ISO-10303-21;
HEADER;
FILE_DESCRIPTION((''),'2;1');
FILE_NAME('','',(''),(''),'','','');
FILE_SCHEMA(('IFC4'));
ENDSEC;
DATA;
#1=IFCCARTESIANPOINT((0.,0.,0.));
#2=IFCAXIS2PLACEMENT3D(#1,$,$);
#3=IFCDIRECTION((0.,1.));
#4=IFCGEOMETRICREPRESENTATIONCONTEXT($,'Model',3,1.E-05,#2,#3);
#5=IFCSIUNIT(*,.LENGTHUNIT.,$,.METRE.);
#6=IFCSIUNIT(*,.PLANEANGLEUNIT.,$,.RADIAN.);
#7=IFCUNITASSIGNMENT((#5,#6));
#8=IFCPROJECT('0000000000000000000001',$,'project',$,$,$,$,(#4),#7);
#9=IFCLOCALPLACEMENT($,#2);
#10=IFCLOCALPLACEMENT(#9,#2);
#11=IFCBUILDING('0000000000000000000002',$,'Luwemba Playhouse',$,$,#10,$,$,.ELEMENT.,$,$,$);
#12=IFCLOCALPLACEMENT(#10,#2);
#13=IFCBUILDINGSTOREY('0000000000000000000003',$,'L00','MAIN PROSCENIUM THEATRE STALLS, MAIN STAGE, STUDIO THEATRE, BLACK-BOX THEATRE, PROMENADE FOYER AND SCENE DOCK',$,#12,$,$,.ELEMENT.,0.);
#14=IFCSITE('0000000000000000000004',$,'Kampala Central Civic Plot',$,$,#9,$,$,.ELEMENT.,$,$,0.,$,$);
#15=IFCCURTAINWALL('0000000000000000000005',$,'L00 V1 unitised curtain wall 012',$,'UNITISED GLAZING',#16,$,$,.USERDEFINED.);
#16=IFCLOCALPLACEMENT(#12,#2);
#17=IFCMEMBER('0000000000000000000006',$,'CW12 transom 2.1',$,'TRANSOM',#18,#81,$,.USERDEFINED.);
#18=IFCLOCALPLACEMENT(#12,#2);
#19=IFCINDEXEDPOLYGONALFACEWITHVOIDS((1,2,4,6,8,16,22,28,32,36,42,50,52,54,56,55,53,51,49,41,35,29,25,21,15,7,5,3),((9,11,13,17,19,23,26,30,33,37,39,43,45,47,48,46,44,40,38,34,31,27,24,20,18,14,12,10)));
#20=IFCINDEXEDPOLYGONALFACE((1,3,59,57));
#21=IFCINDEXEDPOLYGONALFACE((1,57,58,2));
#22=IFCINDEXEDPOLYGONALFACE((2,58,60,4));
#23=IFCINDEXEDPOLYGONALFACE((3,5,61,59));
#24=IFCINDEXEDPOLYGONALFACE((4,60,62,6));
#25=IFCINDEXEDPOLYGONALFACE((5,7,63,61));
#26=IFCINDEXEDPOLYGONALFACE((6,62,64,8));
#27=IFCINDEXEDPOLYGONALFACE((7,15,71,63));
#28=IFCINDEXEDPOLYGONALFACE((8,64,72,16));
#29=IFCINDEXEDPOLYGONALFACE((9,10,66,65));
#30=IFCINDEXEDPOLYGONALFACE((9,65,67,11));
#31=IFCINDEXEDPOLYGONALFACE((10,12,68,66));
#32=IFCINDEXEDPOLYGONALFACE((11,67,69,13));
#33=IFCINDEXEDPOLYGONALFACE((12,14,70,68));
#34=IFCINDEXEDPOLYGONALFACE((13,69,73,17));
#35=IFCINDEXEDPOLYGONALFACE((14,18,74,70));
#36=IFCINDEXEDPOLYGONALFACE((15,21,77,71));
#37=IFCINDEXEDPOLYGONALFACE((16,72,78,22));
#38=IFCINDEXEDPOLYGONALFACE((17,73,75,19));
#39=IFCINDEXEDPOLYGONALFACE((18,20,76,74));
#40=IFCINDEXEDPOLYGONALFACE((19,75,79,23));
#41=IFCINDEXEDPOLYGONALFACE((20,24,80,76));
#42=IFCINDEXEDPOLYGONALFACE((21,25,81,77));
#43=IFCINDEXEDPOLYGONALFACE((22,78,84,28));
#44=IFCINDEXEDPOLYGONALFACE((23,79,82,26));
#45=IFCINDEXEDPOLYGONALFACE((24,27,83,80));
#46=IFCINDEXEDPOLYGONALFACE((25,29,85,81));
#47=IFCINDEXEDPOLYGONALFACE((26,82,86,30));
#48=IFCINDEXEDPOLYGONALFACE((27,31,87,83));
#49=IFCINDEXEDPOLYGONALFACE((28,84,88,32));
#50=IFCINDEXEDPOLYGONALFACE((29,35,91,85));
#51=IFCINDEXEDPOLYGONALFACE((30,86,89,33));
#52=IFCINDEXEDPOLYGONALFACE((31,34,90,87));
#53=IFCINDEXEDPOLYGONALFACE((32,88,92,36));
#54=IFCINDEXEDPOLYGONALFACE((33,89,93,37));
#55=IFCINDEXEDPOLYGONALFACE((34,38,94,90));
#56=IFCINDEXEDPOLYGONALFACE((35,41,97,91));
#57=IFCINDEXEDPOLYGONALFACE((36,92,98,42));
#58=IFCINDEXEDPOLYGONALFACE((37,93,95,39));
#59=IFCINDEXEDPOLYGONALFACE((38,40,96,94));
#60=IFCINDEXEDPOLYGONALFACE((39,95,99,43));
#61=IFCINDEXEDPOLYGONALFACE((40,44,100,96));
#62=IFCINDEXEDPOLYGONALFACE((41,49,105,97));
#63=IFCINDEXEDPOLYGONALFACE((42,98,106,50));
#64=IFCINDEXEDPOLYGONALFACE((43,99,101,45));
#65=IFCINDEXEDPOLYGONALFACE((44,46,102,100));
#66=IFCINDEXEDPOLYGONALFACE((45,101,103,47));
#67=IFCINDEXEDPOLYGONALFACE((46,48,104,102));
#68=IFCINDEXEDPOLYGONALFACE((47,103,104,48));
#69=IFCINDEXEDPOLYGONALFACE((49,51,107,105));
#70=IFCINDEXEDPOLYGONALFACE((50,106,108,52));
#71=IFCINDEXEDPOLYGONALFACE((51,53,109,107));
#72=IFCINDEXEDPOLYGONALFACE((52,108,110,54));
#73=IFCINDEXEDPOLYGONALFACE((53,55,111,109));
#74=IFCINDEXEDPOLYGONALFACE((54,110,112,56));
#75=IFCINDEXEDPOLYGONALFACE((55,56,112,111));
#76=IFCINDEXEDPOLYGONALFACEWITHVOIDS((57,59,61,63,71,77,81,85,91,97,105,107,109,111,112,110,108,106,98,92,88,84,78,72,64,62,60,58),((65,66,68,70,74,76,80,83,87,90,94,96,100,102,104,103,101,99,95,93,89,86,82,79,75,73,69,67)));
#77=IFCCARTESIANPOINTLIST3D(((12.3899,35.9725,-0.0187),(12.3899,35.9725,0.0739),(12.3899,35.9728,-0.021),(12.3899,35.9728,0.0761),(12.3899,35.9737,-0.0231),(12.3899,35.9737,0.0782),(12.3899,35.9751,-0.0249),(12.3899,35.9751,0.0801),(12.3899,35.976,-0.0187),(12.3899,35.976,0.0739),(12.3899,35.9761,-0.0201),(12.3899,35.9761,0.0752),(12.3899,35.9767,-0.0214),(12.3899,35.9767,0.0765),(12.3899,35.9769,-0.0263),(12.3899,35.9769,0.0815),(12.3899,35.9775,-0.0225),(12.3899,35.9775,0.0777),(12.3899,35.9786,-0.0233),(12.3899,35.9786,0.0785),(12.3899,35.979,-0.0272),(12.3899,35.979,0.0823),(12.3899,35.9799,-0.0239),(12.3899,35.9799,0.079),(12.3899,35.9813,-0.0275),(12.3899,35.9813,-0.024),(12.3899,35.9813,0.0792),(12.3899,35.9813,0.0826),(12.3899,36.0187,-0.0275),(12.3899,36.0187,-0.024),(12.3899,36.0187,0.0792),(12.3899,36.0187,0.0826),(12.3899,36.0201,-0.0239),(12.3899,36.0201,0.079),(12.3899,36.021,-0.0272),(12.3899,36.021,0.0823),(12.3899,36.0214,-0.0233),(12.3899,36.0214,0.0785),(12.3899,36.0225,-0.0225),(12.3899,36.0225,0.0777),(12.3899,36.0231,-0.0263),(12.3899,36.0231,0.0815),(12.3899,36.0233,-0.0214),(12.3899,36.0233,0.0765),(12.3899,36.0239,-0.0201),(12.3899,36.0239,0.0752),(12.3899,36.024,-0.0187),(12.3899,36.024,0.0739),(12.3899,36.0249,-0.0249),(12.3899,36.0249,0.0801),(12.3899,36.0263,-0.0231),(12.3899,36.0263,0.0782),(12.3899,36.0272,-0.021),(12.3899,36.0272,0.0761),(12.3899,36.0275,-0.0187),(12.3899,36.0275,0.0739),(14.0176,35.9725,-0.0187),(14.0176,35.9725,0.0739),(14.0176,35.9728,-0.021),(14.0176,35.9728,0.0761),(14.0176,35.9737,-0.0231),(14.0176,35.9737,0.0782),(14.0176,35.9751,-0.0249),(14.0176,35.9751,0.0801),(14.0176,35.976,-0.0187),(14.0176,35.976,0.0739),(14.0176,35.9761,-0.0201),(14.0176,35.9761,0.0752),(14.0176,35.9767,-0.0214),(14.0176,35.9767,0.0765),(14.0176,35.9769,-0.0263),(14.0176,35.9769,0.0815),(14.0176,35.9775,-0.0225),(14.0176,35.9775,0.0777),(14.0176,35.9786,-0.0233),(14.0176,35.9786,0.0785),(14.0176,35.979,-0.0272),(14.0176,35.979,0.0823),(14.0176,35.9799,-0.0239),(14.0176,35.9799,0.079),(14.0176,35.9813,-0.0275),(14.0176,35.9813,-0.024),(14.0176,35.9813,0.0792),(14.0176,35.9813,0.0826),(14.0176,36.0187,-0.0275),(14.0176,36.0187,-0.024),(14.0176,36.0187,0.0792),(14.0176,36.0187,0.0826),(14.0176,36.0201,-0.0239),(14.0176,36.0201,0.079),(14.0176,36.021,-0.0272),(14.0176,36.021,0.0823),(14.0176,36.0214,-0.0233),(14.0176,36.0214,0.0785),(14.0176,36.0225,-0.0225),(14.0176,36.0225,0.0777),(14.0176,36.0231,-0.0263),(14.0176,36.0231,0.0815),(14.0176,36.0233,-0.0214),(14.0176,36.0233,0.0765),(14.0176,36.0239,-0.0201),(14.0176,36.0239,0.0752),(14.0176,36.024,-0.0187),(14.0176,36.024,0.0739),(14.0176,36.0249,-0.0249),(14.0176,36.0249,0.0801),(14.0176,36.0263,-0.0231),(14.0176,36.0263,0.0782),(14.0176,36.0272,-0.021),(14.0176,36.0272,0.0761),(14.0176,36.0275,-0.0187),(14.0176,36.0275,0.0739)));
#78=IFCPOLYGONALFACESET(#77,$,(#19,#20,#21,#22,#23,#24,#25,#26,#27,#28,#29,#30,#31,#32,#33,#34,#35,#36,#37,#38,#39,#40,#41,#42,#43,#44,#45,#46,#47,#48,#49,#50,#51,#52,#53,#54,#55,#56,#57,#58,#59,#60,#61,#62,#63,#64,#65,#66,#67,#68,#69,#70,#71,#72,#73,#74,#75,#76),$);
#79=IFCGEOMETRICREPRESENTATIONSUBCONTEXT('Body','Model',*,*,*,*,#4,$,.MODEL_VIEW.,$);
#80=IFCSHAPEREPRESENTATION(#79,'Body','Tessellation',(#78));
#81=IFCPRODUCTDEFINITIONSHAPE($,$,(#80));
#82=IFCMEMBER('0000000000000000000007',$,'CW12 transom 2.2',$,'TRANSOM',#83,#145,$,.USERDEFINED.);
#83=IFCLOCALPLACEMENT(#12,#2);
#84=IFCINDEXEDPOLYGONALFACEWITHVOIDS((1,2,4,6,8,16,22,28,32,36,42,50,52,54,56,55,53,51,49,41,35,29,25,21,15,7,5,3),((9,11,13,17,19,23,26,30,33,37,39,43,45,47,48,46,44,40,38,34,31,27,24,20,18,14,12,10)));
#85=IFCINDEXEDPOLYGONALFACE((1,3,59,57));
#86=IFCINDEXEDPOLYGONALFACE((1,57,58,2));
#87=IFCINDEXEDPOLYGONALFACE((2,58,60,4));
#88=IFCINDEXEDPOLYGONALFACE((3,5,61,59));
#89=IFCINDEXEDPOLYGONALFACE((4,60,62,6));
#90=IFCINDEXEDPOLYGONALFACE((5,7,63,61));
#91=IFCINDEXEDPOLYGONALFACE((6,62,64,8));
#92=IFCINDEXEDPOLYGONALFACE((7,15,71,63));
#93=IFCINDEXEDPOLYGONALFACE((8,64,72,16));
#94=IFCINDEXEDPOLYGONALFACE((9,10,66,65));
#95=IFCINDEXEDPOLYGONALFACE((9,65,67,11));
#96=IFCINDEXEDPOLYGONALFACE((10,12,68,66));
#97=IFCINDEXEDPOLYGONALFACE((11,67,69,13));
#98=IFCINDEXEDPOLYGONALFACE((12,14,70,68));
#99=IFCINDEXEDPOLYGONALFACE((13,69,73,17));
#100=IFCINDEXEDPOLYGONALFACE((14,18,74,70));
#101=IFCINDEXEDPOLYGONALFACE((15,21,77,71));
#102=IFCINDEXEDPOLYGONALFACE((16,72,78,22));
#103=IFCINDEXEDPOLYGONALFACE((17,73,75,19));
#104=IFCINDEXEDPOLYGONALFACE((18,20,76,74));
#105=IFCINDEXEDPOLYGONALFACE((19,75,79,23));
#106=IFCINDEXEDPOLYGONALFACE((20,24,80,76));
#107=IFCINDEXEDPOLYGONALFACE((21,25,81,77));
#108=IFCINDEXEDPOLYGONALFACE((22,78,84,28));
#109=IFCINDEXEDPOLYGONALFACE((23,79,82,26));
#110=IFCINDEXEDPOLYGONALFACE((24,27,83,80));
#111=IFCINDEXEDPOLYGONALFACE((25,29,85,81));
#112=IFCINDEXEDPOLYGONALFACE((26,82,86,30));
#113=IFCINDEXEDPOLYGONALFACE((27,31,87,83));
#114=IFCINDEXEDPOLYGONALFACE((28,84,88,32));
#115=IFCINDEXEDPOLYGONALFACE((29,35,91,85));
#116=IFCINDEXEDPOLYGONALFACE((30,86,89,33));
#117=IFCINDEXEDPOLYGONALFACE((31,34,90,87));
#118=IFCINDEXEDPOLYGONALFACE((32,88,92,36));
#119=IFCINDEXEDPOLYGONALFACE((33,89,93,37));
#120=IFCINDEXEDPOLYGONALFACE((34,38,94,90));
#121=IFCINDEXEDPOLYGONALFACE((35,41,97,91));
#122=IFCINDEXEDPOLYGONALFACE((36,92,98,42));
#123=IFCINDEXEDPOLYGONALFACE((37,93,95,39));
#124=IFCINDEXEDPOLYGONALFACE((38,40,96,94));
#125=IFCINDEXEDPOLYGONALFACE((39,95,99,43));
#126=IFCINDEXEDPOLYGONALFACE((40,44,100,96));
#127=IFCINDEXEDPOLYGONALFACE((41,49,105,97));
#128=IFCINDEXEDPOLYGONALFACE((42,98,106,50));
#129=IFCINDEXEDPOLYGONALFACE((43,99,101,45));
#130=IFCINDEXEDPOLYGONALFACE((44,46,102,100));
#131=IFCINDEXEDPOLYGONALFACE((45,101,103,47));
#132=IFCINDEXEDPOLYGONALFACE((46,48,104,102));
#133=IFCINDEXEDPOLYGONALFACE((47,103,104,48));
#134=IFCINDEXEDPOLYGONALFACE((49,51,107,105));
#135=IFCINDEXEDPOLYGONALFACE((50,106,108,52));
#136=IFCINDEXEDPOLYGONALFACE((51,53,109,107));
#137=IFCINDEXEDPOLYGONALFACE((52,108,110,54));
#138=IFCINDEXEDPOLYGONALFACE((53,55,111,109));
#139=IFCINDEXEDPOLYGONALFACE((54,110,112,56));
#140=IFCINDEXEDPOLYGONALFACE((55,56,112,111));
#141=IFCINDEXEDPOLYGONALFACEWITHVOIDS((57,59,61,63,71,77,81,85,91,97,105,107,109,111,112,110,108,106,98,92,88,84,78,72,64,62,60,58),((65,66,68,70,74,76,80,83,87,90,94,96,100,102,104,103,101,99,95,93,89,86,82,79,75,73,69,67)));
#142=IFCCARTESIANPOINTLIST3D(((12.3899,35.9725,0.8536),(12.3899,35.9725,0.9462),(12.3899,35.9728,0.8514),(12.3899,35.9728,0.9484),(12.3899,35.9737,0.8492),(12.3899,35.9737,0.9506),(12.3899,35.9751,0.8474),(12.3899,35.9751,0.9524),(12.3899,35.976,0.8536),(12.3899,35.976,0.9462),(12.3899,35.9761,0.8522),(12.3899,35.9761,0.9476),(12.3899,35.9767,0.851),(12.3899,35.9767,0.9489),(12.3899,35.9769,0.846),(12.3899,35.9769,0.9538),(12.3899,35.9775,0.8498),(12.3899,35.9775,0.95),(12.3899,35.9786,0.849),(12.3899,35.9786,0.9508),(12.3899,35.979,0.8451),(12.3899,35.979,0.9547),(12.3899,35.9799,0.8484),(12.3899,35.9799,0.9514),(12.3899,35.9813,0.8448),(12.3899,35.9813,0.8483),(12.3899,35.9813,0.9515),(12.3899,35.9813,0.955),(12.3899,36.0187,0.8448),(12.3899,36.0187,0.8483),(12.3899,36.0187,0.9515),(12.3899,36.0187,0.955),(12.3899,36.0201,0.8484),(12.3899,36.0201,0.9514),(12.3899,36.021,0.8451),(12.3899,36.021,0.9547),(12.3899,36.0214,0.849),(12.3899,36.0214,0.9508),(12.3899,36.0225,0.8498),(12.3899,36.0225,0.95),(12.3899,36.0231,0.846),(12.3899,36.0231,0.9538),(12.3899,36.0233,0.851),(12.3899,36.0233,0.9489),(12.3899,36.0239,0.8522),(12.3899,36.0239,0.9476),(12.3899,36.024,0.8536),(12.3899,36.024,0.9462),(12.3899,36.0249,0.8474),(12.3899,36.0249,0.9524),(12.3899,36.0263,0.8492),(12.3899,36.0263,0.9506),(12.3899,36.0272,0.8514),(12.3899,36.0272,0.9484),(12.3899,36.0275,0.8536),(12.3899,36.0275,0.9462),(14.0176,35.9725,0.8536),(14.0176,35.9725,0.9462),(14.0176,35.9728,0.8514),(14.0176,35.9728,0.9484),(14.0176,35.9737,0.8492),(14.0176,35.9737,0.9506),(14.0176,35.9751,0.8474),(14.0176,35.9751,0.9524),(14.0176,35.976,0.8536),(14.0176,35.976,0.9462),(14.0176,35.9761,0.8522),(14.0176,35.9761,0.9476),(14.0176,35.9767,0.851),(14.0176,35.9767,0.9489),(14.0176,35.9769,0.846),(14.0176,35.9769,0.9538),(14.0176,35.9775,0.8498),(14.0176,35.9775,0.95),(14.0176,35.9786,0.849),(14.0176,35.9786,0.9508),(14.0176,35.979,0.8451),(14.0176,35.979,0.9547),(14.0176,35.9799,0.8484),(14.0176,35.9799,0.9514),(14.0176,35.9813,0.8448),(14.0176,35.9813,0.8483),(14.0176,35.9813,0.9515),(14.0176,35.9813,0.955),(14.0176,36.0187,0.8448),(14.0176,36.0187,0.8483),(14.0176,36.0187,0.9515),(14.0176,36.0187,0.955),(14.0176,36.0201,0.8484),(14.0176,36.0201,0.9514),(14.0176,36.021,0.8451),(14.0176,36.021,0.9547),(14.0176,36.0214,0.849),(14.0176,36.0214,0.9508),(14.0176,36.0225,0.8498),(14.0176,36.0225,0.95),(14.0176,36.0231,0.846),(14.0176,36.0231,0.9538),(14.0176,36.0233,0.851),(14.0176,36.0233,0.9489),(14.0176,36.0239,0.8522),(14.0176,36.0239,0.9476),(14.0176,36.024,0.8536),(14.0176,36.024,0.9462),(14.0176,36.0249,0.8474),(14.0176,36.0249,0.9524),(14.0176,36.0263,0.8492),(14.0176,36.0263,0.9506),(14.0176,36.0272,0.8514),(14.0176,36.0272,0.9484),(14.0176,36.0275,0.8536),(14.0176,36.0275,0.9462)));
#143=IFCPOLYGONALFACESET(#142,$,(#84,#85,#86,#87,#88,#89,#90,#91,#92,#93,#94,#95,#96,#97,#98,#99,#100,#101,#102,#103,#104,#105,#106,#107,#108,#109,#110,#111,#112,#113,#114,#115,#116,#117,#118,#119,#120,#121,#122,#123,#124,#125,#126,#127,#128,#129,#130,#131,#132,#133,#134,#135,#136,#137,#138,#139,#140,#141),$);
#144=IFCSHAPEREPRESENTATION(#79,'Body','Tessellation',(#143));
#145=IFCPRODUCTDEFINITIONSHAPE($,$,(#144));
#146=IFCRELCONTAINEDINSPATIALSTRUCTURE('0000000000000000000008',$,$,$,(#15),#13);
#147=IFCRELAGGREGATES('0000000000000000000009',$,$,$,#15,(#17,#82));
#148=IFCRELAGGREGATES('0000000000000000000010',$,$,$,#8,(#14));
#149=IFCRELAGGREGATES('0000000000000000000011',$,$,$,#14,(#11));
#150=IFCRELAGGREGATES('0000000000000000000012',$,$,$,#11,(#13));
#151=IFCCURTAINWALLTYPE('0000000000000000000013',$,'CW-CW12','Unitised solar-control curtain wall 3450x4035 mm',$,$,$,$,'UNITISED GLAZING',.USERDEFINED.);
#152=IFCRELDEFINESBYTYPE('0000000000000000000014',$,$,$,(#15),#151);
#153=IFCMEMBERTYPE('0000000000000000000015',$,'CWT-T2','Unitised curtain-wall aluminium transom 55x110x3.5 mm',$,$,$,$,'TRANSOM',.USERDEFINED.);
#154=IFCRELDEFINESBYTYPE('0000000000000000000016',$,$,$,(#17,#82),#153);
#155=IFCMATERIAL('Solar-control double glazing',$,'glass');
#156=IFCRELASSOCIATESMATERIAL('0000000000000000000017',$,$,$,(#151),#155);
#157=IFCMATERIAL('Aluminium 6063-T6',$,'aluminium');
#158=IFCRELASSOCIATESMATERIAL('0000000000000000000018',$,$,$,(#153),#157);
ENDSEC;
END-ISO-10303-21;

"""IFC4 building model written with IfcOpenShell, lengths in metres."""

from ifc_helpers import new_model, si_unit, direction, frame, origin, origin_2d, place, context, subcontext, project, spatial, hollow_rectangle, extrude, material, material_profile, profile_set, type_object, element, aggregate, save


model = new_model("IFC4")

# Units and contexts
model_context = context("Model", 3, precision=1e-05, world=origin(), true_north=direction((0.0, 1.0)))
body_context = subcontext(model_context, "Body", "Model", "MODEL_VIEW")
ifc_project = project(units=[si_unit("LENGTHUNIT", "METRE"), si_unit("PLANEANGLEUNIT", "RADIAN")], contexts=[model_context])

# Site, building, storey
site_placement = place(None, origin())
site = spatial("IfcSite", under=ifc_project, at=site_placement, Name="Kampala Central Civic Plot", CompositionType="ELEMENT", RefElevation=0.0)
building_placement = place(site_placement, origin())
building = spatial("IfcBuilding", under=site, at=building_placement, Name="Luwemba Playhouse", CompositionType="ELEMENT")
storey_placement = place(building_placement, origin())
storey = spatial("IfcBuildingStorey", under=building, at=storey_placement, Name="L00", Description="MAIN PROSCENIUM THEATRE STALLS, MAIN STAGE, STUDIO THEATRE, BLACK-BOX THEATRE, PROMENADE FOYER AND SCENE DOCK", CompositionType="ELEMENT", Elevation=0.0)

# Curtain wall
ifc_material_1 = material(Name="Solar-control double glazing", Category="glass")
ifc_material_2 = material(Name="Aluminium 6063-T6", Category="aluminium")
curtain_wall_type_1 = type_object("IfcCurtainWallType", Name="CW-CW12", Description="Unitised solar-control curtain wall 3450x4035 mm", ElementType="UNITISED GLAZING", PredefinedType="USERDEFINED", material=ifc_material_1)
curtain_wall_1_placement = place(storey_placement, origin())
curtain_wall_1 = element("IfcCurtainWall", 1, at=curtain_wall_1_placement, inside=storey, type_object=curtain_wall_type_1, Name="L00 V1 unitised curtain wall 012", ObjectType="UNITISED GLAZING", PredefinedType="USERDEFINED")

# Members
ifc_material_profile_1 = material_profile(ifc_material_2, hollow_rectangle(XDim=0.0549, YDim=0.1101, WallThickness=0.0034, InnerFilletRadius=0.0054, OuterFilletRadius=0.0088, at=origin_2d()))
ifc_profile_set_1 = profile_set([ifc_material_profile_1], Name="Aluminium 6063-T6")
member_type_1 = type_object("IfcMemberType", Name="CWT-T2", Description="Unitised curtain-wall aluminium transom 55x110x3.5 mm", ElementType="TRANSOM", PredefinedType="USERDEFINED", material=ifc_profile_set_1)
member_1_placement = place(storey_placement, frame((14.0176, 36.0, 0.0276), z_axis=(-1.0, 0.0, 0.0), x_axis=(0.0, -1.0, 0.0)))
member_1 = element("IfcMember", 2, at=member_1_placement, type_object=member_type_1, Name="CW12 transom 2.1", ObjectType="TRANSOM", PredefinedType="USERDEFINED", context=body_context, shape_type="SweptSolid", body=[
    extrude(hollow_rectangle(XDim=0.0549, YDim=0.1101, WallThickness=0.0034, InnerFilletRadius=0.0054, OuterFilletRadius=0.0088, at=origin_2d()), origin(), (0.0, 0.0, 1.0), 1.6277),
])
member_2_placement = place(storey_placement, frame((14.0176, 36.0, 0.8999), z_axis=(-1.0, 0.0, 0.0), x_axis=(0.0, -1.0, 0.0)))
member_2 = element("IfcMember", 3, at=member_2_placement, type_object=member_type_1, Name="CW12 transom 2.2", ObjectType="TRANSOM", PredefinedType="USERDEFINED", context=body_context, shape_type="SweptSolid", body=[
    extrude(hollow_rectangle(XDim=0.0549, YDim=0.1101, WallThickness=0.0034, InnerFilletRadius=0.0054, OuterFilletRadius=0.0088, at=origin_2d()), origin(), (0.0, 0.0, 1.0), 1.6277),
])

aggregate(curtain_wall_1, [member_1, member_2])

save(model, "model.ifc")
